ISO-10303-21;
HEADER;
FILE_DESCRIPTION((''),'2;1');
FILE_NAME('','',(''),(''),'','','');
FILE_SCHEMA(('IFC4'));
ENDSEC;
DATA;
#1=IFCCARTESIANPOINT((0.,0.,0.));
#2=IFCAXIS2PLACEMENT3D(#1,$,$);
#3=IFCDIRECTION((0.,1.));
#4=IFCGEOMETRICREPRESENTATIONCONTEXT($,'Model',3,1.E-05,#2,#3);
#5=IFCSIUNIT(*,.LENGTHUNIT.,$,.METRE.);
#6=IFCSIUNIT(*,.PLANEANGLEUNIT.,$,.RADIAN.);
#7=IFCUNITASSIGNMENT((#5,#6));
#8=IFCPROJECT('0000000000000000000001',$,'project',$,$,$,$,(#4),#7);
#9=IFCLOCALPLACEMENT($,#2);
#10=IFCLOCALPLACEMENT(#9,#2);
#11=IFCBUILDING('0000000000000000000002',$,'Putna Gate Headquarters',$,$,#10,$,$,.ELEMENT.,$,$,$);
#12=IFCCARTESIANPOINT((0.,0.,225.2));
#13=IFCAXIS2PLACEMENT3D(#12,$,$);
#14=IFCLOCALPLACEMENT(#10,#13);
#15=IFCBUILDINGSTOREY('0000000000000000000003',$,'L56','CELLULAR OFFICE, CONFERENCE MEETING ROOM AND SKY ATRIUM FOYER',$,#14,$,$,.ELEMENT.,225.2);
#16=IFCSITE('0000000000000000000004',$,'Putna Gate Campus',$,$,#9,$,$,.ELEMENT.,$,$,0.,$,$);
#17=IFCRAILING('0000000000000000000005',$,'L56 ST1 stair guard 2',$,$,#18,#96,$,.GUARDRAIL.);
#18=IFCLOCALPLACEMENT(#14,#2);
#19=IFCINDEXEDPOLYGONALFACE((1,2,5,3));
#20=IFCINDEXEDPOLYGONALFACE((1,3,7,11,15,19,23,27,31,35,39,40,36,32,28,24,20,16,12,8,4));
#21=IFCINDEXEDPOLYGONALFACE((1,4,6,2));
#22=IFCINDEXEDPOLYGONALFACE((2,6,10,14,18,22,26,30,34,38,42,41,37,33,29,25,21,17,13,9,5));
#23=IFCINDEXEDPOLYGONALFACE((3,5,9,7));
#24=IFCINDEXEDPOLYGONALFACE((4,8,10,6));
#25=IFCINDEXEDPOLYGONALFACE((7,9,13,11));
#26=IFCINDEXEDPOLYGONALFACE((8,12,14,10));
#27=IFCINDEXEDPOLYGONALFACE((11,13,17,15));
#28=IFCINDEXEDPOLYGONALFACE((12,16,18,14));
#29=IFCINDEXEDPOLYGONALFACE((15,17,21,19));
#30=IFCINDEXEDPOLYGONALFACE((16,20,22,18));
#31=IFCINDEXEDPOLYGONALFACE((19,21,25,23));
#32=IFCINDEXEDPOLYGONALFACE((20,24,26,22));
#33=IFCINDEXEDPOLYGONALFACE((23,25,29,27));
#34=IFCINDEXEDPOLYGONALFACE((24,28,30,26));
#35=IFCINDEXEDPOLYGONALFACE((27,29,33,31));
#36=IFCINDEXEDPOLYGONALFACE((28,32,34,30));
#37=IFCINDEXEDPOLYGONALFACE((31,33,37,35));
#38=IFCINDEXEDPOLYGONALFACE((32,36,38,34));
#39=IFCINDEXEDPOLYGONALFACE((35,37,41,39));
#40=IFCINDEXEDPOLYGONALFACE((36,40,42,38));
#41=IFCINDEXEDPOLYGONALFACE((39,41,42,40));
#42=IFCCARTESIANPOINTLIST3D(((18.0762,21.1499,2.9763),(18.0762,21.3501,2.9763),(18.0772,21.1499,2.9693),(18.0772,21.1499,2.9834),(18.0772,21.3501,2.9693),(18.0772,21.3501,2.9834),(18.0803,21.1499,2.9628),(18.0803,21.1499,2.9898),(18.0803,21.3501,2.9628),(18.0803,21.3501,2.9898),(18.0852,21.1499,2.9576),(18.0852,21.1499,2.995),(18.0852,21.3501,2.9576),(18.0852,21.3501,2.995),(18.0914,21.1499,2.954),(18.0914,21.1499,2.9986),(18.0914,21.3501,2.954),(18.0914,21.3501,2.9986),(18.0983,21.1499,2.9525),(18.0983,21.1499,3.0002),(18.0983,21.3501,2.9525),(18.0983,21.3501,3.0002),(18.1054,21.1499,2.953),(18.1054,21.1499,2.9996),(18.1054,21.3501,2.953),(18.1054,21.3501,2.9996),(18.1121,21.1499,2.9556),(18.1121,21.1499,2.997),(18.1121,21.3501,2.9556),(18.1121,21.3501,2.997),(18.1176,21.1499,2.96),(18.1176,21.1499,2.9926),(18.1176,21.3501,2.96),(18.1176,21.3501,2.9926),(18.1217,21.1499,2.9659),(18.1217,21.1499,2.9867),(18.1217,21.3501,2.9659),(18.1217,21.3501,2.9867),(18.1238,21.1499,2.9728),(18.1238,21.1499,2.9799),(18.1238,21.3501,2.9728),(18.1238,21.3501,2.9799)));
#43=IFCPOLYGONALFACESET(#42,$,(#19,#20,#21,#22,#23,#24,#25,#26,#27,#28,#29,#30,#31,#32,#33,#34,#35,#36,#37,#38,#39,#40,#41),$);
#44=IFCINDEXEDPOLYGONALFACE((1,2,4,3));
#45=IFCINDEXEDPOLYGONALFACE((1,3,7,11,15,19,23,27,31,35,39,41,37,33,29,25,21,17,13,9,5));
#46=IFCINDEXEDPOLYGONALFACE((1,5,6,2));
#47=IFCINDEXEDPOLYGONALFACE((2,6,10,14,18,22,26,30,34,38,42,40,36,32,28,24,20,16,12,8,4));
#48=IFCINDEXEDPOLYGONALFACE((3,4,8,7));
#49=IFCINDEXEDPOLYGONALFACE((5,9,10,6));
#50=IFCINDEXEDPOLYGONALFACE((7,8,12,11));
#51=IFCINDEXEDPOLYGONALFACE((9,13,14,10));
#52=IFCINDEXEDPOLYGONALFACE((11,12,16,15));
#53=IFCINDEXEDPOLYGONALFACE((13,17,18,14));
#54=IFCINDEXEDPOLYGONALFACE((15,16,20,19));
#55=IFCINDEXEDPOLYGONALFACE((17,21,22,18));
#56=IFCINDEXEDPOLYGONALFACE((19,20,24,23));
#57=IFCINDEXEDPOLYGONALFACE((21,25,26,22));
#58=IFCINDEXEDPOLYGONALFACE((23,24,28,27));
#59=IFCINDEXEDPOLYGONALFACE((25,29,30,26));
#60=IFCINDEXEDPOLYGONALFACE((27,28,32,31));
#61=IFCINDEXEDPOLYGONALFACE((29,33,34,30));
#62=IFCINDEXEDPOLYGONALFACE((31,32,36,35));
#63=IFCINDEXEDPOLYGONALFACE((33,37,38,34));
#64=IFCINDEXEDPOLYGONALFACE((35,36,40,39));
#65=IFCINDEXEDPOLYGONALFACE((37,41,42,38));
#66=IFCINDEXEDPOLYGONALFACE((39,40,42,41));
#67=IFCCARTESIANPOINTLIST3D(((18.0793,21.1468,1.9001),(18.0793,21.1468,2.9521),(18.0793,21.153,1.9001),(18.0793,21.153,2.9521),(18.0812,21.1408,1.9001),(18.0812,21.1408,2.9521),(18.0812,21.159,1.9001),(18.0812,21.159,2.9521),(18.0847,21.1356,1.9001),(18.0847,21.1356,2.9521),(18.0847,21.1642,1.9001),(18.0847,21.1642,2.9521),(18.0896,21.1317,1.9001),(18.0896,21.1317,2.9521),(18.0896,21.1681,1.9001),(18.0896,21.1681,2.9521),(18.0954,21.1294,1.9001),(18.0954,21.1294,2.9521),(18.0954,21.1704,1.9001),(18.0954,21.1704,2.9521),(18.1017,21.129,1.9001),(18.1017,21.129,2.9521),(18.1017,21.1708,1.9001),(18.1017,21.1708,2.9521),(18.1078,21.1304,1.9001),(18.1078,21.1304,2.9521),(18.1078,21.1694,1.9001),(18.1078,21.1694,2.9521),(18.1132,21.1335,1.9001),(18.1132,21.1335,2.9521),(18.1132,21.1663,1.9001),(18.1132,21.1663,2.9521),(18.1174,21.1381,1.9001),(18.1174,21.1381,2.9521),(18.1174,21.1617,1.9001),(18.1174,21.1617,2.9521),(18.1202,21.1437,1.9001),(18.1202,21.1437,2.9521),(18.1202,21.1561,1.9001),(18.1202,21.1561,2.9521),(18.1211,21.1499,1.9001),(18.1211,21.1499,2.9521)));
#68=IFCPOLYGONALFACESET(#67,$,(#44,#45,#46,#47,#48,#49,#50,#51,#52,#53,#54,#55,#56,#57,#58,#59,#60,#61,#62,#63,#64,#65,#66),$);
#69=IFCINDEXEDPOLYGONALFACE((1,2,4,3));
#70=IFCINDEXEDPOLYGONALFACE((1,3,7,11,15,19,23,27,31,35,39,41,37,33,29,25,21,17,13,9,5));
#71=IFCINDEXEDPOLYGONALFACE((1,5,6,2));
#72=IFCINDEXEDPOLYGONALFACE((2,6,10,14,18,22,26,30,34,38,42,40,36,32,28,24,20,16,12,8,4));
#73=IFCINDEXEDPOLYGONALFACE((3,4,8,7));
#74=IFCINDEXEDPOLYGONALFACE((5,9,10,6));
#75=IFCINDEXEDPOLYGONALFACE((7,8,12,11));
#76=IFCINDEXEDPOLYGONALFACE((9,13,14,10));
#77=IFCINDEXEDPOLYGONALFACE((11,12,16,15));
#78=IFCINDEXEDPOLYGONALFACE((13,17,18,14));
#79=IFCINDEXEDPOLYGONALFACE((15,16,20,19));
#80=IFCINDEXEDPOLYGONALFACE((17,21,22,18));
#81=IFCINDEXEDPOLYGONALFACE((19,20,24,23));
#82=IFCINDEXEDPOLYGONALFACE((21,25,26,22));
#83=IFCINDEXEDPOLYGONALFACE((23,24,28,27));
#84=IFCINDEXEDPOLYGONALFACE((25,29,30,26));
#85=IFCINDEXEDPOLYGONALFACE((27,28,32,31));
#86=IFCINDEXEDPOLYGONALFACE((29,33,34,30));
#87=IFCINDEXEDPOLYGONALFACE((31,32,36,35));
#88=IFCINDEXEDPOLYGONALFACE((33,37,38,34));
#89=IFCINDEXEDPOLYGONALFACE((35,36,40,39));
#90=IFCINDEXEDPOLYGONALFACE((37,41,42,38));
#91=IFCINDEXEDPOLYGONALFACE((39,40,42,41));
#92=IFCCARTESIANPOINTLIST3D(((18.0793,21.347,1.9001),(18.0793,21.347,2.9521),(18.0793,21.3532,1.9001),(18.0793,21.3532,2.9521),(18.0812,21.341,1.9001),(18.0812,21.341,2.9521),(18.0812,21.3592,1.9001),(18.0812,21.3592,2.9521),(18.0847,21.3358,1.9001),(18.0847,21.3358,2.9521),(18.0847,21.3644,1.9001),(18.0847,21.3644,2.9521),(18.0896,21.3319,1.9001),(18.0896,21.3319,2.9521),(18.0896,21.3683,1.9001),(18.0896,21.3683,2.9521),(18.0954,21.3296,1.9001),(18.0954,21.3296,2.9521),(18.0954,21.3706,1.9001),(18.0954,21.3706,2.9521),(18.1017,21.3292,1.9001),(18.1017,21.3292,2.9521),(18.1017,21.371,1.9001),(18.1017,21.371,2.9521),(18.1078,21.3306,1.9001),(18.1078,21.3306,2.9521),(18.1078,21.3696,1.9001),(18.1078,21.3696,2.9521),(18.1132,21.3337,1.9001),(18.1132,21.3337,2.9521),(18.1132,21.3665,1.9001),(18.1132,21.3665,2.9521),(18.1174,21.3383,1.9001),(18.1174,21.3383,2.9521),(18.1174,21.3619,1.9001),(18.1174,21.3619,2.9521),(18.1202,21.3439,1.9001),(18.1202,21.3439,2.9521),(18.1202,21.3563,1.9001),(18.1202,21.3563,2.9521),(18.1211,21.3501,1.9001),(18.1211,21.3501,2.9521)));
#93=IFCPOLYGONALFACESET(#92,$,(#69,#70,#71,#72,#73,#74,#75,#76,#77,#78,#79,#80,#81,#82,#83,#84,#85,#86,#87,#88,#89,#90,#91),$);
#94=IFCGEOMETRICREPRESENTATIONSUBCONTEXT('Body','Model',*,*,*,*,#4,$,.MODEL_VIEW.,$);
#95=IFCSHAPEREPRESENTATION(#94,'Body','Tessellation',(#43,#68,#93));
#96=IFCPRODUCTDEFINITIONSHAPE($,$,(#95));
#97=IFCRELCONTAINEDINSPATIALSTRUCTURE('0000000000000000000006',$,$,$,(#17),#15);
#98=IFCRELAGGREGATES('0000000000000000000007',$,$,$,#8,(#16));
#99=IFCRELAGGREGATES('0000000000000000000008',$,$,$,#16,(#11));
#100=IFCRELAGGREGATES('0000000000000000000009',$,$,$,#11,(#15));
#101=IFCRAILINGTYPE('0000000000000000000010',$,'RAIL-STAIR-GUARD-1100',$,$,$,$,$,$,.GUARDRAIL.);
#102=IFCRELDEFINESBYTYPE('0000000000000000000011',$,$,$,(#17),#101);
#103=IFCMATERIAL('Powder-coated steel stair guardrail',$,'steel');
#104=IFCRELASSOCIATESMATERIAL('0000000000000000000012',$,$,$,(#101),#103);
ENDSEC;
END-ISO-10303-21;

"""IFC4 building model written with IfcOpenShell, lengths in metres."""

from ifc_helpers import new_model, si_unit, direction, frame, origin, origin_2d, place, context, subcontext, project, spatial, circle, extrude, material, type_object, element, save


model = new_model("IFC4")

# Units and contexts
model_context = context("Model", 3, precision=1e-05, world=origin(), true_north=direction((0.0, 1.0)))
body_context = subcontext(model_context, "Body", "Model", "MODEL_VIEW")
ifc_project = project(units=[si_unit("LENGTHUNIT", "METRE"), si_unit("PLANEANGLEUNIT", "RADIAN")], contexts=[model_context])

# Site, building, storey
site_placement = place(None, origin())
site = spatial("IfcSite", under=ifc_project, at=site_placement, Name="Putna Gate Campus", CompositionType="ELEMENT", RefElevation=0.0)
building_placement = place(site_placement, origin())
building = spatial("IfcBuilding", under=site, at=building_placement, Name="Putna Gate Headquarters", CompositionType="ELEMENT")
storey_placement = place(building_placement, frame((0.0, 0.0, 225.2)))
storey = spatial("IfcBuildingStorey", under=building, at=storey_placement, Name="L56", Description="CELLULAR OFFICE, CONFERENCE MEETING ROOM AND SKY ATRIUM FOYER", CompositionType="ELEMENT", Elevation=225.2)

# Railing
ifc_material_1 = material(Name="Powder-coated steel stair guardrail", Category="steel")
railing_type = type_object("IfcRailingType", Name="RAIL-STAIR-GUARD-1100", PredefinedType="GUARDRAIL", material=ifc_material_1)
railing_1_placement = place(storey_placement, frame((18.1001, 21.1499, 1.9001)))
element("IfcRailing", 1, at=railing_1_placement, inside=storey, type_object=railing_type, Name="L56 ST1 stair guard 2", PredefinedType="GUARDRAIL", context=body_context, shape_type="SweptSolid", body=[
    extrude(circle(Radius=0.0239, at=origin_2d()), frame((0.0, 0.0, 1.0762), z_axis=(0.0, 1.0, 0.0), x_axis=(-1.0, 0.0, 0.0)), (0.0, 0.0, 1.0), 0.2002),
    extrude(circle(Radius=0.021, at=origin_2d()), origin(), (0.0, 0.0, 1.0), 1.052),
    extrude(circle(Radius=0.021, at=origin_2d()), frame((0.0, 0.2002, 0.0)), (0.0, 0.0, 1.0), 1.052),
])

save(model, "model.ifc")
